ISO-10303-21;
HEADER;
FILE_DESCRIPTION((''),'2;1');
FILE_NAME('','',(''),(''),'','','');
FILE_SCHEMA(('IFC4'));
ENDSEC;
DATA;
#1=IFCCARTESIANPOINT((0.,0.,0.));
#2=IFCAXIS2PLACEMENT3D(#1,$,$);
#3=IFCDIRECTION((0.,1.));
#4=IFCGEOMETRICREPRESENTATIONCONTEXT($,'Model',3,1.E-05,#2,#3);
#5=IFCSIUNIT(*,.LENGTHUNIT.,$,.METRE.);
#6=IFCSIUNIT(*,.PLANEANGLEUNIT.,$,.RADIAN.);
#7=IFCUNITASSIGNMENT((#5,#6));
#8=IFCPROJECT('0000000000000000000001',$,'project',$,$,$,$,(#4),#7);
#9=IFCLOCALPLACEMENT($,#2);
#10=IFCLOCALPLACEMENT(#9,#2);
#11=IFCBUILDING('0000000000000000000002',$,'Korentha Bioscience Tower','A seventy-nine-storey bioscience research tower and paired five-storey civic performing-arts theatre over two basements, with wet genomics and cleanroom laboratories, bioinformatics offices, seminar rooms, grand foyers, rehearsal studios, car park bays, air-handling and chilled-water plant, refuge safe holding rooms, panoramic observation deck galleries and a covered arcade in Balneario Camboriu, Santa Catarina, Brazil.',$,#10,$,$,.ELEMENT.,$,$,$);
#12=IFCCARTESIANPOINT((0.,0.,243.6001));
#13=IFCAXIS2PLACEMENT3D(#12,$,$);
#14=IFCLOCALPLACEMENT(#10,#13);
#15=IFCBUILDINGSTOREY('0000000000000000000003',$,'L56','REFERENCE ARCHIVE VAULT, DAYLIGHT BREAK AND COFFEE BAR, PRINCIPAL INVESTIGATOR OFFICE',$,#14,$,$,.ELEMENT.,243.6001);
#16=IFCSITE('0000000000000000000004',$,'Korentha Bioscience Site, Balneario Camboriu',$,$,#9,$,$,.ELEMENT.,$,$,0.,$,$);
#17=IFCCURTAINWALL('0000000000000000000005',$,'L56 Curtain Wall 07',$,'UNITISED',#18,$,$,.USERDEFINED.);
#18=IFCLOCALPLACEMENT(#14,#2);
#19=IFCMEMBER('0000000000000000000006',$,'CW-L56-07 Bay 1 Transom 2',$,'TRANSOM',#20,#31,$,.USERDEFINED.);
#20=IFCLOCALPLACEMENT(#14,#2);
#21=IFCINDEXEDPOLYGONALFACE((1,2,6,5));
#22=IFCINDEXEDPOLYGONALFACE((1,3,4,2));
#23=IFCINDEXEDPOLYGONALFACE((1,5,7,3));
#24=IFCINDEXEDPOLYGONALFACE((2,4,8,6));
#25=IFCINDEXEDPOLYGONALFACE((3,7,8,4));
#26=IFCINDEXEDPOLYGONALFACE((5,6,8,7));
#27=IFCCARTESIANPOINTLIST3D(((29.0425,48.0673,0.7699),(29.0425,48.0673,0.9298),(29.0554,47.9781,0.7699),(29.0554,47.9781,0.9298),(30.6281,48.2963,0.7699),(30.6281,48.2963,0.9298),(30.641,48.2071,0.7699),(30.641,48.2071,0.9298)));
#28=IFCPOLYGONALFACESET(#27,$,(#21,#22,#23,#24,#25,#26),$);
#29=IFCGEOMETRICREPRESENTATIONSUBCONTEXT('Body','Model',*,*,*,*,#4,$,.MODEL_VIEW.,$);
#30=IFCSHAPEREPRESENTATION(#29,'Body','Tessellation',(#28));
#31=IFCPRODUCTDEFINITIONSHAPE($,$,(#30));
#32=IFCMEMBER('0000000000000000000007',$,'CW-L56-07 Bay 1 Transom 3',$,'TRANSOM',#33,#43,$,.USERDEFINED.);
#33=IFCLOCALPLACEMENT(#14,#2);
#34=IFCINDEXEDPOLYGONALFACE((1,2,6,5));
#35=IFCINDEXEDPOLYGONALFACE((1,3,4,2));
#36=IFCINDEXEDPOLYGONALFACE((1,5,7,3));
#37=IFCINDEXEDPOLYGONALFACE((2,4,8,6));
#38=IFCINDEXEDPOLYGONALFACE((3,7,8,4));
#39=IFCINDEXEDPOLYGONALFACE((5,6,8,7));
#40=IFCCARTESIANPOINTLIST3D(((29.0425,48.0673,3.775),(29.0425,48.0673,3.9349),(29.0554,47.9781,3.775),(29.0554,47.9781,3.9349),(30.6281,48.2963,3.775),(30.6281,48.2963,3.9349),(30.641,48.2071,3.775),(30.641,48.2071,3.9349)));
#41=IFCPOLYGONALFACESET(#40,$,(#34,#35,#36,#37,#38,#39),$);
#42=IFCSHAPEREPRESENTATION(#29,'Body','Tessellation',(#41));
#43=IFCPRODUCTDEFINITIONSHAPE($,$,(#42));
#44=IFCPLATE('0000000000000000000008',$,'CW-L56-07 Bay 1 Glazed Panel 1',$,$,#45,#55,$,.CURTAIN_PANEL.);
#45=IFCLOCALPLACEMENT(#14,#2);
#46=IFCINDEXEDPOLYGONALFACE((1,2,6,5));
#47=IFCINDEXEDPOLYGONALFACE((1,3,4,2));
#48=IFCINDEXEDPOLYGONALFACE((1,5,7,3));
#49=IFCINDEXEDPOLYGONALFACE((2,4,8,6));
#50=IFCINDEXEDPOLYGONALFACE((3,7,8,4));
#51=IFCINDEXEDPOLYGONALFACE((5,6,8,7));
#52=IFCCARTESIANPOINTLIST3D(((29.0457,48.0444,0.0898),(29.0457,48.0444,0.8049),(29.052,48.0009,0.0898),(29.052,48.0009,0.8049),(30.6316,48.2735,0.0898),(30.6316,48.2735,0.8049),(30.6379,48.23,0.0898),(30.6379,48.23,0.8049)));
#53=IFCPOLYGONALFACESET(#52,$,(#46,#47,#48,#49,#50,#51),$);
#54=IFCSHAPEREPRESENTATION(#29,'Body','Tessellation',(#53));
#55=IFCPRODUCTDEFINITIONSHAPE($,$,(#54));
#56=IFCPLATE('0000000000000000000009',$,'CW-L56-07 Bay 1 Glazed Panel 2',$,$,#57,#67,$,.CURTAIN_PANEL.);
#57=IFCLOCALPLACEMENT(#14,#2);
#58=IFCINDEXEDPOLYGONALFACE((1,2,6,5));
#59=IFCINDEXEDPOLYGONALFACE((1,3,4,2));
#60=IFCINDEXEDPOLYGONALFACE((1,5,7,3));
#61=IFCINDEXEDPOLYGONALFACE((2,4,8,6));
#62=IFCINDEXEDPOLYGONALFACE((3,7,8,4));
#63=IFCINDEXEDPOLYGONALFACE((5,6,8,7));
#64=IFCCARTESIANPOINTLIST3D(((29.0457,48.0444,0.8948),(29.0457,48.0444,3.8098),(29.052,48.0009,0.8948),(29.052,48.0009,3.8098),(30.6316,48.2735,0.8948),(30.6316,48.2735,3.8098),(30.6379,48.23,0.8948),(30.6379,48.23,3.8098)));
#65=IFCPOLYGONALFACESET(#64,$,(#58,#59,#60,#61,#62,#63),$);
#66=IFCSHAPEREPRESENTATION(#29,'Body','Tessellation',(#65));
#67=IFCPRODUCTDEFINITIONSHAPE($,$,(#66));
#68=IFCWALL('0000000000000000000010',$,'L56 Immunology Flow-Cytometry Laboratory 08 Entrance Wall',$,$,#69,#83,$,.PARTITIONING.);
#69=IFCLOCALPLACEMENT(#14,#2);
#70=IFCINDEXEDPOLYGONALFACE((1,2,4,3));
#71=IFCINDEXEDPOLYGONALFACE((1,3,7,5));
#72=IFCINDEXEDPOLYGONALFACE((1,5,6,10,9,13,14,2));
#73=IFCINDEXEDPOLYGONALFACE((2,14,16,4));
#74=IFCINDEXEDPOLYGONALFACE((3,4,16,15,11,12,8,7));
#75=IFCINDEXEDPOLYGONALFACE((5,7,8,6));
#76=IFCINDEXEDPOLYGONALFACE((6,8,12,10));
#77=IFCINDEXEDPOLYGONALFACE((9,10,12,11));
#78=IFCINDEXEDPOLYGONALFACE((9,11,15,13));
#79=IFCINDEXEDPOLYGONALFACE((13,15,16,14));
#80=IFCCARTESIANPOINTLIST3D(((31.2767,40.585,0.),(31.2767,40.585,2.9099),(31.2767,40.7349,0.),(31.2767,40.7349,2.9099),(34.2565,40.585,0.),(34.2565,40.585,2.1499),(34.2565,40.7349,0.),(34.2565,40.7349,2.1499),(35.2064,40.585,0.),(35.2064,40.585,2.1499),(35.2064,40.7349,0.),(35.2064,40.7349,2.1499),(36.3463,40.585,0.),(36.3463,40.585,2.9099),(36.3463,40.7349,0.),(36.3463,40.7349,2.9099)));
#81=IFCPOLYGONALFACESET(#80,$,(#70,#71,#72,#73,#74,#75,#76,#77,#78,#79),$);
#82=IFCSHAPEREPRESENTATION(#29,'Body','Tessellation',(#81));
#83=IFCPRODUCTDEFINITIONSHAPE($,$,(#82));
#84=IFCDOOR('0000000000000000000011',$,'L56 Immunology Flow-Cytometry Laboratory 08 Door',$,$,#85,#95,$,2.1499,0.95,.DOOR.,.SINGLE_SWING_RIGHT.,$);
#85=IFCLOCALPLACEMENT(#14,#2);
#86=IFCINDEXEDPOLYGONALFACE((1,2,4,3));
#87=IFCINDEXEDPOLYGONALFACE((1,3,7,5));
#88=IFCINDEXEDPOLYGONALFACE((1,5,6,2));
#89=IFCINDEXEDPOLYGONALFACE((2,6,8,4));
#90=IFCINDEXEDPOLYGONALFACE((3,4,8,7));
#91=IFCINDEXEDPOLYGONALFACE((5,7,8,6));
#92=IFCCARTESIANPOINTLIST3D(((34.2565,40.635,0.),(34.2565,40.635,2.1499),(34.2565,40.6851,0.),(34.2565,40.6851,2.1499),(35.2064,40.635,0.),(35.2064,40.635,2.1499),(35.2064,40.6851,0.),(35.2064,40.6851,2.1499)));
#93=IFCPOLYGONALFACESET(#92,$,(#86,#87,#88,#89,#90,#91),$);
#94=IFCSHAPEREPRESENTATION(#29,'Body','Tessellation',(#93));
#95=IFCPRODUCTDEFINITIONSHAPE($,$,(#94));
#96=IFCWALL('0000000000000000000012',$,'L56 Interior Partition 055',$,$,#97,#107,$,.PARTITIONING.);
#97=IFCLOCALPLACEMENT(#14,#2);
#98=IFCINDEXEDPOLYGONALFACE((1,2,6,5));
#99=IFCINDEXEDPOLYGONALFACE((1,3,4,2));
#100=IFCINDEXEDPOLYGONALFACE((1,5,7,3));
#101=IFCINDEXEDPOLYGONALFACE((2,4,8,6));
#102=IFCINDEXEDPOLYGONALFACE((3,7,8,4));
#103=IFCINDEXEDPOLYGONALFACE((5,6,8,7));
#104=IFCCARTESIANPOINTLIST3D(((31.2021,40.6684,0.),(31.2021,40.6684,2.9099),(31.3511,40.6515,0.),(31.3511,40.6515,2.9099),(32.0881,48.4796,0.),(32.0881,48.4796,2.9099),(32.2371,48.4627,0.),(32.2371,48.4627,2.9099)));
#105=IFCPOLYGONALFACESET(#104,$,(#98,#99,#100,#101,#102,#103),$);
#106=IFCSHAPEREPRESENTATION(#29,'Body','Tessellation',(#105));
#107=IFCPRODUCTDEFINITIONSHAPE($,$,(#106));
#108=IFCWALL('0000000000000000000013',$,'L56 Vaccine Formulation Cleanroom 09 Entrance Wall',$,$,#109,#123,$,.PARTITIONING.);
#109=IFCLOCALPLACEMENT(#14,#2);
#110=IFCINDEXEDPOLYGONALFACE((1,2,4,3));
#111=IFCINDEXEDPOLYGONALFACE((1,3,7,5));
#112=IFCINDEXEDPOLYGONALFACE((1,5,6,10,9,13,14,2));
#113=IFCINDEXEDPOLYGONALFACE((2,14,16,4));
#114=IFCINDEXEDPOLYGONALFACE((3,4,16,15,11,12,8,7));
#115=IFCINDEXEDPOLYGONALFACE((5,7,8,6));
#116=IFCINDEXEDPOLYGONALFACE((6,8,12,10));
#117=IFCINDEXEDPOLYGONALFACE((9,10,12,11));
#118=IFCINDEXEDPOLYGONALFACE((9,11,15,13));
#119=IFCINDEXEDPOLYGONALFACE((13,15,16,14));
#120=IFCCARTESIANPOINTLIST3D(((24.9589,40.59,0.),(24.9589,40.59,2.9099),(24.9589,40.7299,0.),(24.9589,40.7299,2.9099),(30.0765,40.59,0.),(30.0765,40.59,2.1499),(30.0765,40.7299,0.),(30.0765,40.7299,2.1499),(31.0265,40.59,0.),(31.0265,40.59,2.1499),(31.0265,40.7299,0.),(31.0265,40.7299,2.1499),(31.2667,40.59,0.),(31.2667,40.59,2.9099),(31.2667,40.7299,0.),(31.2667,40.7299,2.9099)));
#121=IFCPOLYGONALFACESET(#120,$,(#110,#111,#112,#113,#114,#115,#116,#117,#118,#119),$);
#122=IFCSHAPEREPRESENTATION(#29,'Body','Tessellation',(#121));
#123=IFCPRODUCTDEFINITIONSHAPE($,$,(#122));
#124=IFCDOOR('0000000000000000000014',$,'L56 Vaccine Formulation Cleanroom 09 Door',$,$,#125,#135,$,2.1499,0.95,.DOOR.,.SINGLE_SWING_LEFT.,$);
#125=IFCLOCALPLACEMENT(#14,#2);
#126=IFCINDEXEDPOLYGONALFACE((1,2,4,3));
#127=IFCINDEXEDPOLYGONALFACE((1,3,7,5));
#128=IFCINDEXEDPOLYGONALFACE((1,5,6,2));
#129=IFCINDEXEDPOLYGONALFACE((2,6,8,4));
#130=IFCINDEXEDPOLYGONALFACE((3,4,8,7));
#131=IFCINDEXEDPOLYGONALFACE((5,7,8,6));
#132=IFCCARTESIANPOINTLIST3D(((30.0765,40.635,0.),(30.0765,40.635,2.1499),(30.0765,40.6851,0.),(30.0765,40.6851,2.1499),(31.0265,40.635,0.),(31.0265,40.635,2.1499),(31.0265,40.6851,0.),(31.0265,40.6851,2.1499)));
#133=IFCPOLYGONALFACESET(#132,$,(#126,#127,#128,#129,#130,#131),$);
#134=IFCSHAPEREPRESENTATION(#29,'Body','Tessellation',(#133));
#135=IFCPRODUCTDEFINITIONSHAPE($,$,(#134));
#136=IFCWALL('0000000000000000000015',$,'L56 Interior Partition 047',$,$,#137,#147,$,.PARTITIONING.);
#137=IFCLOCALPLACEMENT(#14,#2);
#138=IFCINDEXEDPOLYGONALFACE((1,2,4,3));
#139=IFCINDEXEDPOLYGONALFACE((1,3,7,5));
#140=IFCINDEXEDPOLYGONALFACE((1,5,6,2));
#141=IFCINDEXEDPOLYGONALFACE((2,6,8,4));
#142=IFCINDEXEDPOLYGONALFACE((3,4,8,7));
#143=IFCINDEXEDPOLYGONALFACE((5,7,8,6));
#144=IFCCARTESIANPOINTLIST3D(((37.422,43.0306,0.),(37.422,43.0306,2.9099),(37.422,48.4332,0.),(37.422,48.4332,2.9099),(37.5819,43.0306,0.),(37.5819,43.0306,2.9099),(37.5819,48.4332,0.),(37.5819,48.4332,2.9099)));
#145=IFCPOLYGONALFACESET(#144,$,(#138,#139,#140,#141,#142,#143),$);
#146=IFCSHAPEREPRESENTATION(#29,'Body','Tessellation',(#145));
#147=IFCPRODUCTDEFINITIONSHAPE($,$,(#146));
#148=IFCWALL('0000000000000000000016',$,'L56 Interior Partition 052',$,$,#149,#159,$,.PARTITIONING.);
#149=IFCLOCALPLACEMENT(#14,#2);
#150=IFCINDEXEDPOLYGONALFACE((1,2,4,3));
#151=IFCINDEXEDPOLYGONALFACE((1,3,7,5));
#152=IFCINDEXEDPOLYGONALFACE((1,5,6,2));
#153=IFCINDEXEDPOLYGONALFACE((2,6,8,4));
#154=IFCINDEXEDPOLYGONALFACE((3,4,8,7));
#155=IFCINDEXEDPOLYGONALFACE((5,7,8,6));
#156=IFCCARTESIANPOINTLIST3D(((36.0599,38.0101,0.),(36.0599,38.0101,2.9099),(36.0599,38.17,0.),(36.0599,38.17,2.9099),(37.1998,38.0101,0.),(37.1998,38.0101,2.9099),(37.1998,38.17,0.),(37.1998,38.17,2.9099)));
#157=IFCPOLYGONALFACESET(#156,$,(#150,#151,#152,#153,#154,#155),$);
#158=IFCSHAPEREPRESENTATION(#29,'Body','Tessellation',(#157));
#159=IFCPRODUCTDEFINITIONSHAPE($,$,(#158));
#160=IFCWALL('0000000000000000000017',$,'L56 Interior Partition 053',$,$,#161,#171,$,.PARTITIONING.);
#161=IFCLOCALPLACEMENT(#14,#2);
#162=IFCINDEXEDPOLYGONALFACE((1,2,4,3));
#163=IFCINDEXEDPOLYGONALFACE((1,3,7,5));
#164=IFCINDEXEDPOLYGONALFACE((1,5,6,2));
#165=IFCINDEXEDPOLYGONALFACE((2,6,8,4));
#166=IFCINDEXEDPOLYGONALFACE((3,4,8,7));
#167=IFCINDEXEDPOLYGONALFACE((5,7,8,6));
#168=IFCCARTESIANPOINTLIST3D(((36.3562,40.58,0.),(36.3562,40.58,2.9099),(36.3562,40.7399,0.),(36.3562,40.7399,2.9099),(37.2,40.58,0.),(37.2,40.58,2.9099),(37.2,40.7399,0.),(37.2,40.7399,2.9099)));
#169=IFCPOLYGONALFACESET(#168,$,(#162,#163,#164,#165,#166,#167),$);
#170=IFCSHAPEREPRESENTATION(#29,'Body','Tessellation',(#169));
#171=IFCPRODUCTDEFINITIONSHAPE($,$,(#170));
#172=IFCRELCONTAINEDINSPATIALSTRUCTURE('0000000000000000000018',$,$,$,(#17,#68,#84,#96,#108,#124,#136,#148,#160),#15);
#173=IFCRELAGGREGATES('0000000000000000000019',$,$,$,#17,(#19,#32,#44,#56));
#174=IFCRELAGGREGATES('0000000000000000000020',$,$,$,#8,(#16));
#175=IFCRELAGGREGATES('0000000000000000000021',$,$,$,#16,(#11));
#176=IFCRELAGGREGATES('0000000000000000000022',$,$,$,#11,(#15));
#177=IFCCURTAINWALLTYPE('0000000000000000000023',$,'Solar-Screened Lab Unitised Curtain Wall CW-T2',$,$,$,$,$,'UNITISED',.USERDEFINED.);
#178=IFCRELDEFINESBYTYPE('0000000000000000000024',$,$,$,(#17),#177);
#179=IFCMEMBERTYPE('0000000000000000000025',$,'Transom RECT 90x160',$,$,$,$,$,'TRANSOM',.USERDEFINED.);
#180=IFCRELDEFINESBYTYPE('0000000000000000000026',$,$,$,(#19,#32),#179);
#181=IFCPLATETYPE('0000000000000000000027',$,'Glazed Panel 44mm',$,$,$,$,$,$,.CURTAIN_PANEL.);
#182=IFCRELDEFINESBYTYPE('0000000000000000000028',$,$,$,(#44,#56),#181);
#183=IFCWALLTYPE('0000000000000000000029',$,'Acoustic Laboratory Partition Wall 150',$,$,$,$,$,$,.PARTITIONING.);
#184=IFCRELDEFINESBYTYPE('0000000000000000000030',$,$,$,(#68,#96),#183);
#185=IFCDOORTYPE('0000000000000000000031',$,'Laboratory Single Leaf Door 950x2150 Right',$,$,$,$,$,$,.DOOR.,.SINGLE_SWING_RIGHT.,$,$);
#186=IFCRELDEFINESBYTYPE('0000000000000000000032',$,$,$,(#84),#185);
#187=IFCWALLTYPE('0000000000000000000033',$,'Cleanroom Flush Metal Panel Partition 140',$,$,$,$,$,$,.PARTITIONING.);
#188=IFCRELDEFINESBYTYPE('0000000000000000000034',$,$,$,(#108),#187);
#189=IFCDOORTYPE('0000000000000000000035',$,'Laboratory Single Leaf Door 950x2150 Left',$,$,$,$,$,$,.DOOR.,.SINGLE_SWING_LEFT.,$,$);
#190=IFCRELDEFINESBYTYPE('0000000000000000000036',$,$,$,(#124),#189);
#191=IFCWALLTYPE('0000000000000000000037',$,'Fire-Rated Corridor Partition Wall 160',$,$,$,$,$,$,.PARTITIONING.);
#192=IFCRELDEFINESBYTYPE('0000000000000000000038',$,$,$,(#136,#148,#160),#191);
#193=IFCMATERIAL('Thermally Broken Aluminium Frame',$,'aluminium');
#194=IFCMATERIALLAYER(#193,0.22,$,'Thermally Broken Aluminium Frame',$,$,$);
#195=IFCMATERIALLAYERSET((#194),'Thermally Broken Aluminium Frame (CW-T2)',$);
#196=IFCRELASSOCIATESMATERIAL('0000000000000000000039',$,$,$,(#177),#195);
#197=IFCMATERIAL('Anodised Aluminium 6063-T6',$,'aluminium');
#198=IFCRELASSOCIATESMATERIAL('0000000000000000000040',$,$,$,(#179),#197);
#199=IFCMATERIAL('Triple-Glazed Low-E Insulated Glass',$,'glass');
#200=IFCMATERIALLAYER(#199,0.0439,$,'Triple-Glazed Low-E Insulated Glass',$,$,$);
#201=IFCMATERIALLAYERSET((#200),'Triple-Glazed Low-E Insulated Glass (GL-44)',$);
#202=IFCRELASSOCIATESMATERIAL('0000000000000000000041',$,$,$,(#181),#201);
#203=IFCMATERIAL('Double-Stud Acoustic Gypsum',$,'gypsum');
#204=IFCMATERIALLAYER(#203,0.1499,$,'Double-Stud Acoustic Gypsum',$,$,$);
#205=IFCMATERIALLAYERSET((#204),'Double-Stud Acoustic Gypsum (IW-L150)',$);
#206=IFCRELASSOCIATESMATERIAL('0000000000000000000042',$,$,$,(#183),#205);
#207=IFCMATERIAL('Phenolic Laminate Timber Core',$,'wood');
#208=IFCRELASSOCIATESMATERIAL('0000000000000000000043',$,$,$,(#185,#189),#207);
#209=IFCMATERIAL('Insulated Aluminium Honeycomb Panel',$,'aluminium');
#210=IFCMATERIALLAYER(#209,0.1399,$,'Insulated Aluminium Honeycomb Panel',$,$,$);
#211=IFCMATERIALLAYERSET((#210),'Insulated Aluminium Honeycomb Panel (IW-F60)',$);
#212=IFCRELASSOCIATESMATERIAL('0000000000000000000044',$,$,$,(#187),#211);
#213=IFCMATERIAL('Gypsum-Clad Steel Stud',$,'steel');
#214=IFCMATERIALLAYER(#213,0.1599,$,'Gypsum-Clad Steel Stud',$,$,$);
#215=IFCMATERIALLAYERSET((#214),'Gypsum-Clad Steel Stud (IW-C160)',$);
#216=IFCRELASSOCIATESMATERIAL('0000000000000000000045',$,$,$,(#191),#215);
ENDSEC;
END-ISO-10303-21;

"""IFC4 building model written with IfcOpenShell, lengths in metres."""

from ifc_helpers import new_model, si_unit, direction, frame, frame_2d, origin, origin_2d, place, context, subcontext, project, spatial, rectangle, extrude, material, layer, layer_set, material_profile, profile_set, type_object, element, fill, aggregate, save


model = new_model("IFC4")

# Units and contexts
model_context = context("Model", 3, precision=1e-05, world=origin(), true_north=direction((0.0, 1.0)))
body_context = subcontext(model_context, "Body", "Model", "MODEL_VIEW")
ifc_project = project(units=[si_unit("LENGTHUNIT", "METRE"), si_unit("PLANEANGLEUNIT", "RADIAN")], contexts=[model_context])

# Site, building, storey
site_placement = place(None, origin())
site = spatial("IfcSite", under=ifc_project, at=site_placement, Name="Korentha Bioscience Site, Balneario Camboriu", CompositionType="ELEMENT", RefElevation=0.0)
building_placement = place(site_placement, origin())
building = spatial("IfcBuilding", under=site, at=building_placement, Name="Korentha Bioscience Tower", Description="A seventy-nine-storey bioscience research tower and paired five-storey civic performing-arts theatre over two basements, with wet genomics and cleanroom laboratories, bioinformatics offices, seminar rooms, grand foyers, rehearsal studios, car park bays, air-handling and chilled-water plant, refuge safe holding rooms, panoramic observation deck galleries and a covered arcade in Balneario Camboriu, Santa Catarina, Brazil.", CompositionType="ELEMENT")
storey_placement = place(building_placement, frame((0.0, 0.0, 243.6001)))
storey = spatial("IfcBuildingStorey", under=building, at=storey_placement, Name="L56", Description="REFERENCE ARCHIVE VAULT, DAYLIGHT BREAK AND COFFEE BAR, PRINCIPAL INVESTIGATOR OFFICE", CompositionType="ELEMENT", Elevation=243.6001)

# Curtain wall
ifc_material_1 = material(Name="Thermally Broken Aluminium Frame", Category="aluminium")
ifc_layer_1 = layer(ifc_material_1, 0.22, Name="Thermally Broken Aluminium Frame")
ifc_layer_set_1 = layer_set([ifc_layer_1], Name="Thermally Broken Aluminium Frame (CW-T2)")
curtain_wall_type = type_object("IfcCurtainWallType", Name="Solar-Screened Lab Unitised Curtain Wall CW-T2", ElementType="UNITISED", PredefinedType="USERDEFINED", material=ifc_layer_set_1)
curtain_wall_placement = place(storey_placement, origin())
curtain_wall = element("IfcCurtainWall", 1, at=curtain_wall_placement, inside=storey, type_object=curtain_wall_type, Name="L56 Curtain Wall 07", ObjectType="UNITISED", PredefinedType="USERDEFINED")
ifc_material_2 = material(Name="Anodised Aluminium 6063-T6", Category="aluminium")

# Members
ifc_material_profile_1 = material_profile(ifc_material_2, rectangle(XDim=0.0901, YDim=0.1599, at=origin_2d()), Name="Anodised Aluminium 6063-T6")
ifc_profile_set_1 = profile_set([ifc_material_profile_1], Name="Anodised Aluminium 6063-T6 (CW-TRN)")
member_type_1 = type_object("IfcMemberType", Name="Transom RECT 90x160", ElementType="TRANSOM", PredefinedType="USERDEFINED", material=ifc_profile_set_1)
member_1_placement = place(storey_placement, frame((30.6345, 48.2517, 0.8499), z_axis=(-0.989732, -0.142936, 0.0), x_axis=(0.142936, -0.989732, 0.0)))
member_1 = element("IfcMember", 2, at=member_1_placement, type_object=member_type_1, Name="CW-L56-07 Bay 1 Transom 2", ObjectType="TRANSOM", PredefinedType="USERDEFINED", context=body_context, shape_type="SweptSolid", body=[
    extrude(rectangle(XDim=0.0901, YDim=0.1599, at=origin_2d()), origin(), (0.0, 0.0, 1.0), 1.6021),
])
member_2_placement = place(storey_placement, frame((30.6345, 48.2517, 3.855), z_axis=(-0.989732, -0.142936, 0.0), x_axis=(0.142936, -0.989732, 0.0)))
member_2 = element("IfcMember", 3, at=member_2_placement, type_object=member_type_1, Name="CW-L56-07 Bay 1 Transom 3", ObjectType="TRANSOM", PredefinedType="USERDEFINED", context=body_context, shape_type="SweptSolid", body=[
    extrude(rectangle(XDim=0.0901, YDim=0.1599, at=origin_2d()), origin(), (0.0, 0.0, 1.0), 1.6021),
])

# Plates
ifc_material_3 = material(Name="Triple-Glazed Low-E Insulated Glass", Category="glass")
ifc_layer_2 = layer(ifc_material_3, 0.0439, Name="Triple-Glazed Low-E Insulated Glass")
ifc_layer_set_2 = layer_set([ifc_layer_2], Name="Triple-Glazed Low-E Insulated Glass (GL-44)")
plate_type = type_object("IfcPlateType", Name="Glazed Panel 44mm", PredefinedType="CURTAIN_PANEL", material=ifc_layer_set_2)
plate_1_placement = place(storey_placement, frame((29.8418, 48.1372, 0.0898), z_axis=(0.0, 0.0, 1.0), x_axis=(-0.989729, -0.142956, 0.0)))
plate_1 = element("IfcPlate", 4, at=plate_1_placement, type_object=plate_type, Name="CW-L56-07 Bay 1 Glazed Panel 1", PredefinedType="CURTAIN_PANEL", context=body_context, shape_type="SweptSolid", body=[
    extrude(rectangle(XDim=1.6023, YDim=0.0439, at=origin_2d()), origin(), (0.0, 0.0, 1.0), 0.7151),
])
plate_2_placement = place(storey_placement, frame((29.8418, 48.1372, 0.8948), z_axis=(0.0, 0.0, 1.0), x_axis=(-0.989729, -0.142956, 0.0)))
plate_2 = element("IfcPlate", 5, at=plate_2_placement, type_object=plate_type, Name="CW-L56-07 Bay 1 Glazed Panel 2", PredefinedType="CURTAIN_PANEL", context=body_context, shape_type="SweptSolid", body=[
    extrude(rectangle(XDim=1.6023, YDim=0.0439, at=origin_2d()), origin(), (0.0, 0.0, 1.0), 2.915),
])
aggregate(curtain_wall, [member_1, member_2, plate_1, plate_2])

# Wall, opening, door
ifc_material_4 = material(Name="Double-Stud Acoustic Gypsum", Category="gypsum")
ifc_layer_3 = layer(ifc_material_4, 0.1499, Name="Double-Stud Acoustic Gypsum")
ifc_layer_set_3 = layer_set([ifc_layer_3], Name="Double-Stud Acoustic Gypsum (IW-L150)")
wall_type_1 = type_object("IfcWallType", Name="Acoustic Laboratory Partition Wall 150", PredefinedType="PARTITIONING", material=ifc_layer_set_3)
wall_1_placement = place(storey_placement, frame((36.3462, 40.6599, 0.0), z_axis=(0.0, 0.0, 1.0), x_axis=(-1.0, 0.0, 0.0)))
wall_1 = element("IfcWall", 6, at=wall_1_placement, inside=storey, type_object=wall_type_1, Name="L56 Immunology Flow-Cytometry Laboratory 08 Entrance Wall", PredefinedType="PARTITIONING", context=body_context, shape_type="SweptSolid", body=[
    extrude(rectangle(XDim=5.0696, YDim=0.1499, at=frame_2d((2.5347, 0.0))), origin(), (0.0, 0.0, 1.0), 2.9099),
])
opening_1_placement = place(wall_1_placement, frame((1.1396, 0.0, 0.0)))
opening_1 = element("IfcOpeningElement", 7, at=opening_1_placement, cuts=wall_1, PredefinedType="OPENING", context=body_context, shape_type="SweptSolid", body=[
    extrude(rectangle(XDim=0.95, YDim=2.1499, at=frame_2d((0.4751, 1.075))), frame((0.0, 0.0898, 0.0), z_axis=(0.0, -1.0, 0.0), x_axis=(1.0, 0.0, 0.0)), (0.0, 0.0, 1.0), 0.1797),
])
ifc_material_5 = material(Name="Phenolic Laminate Timber Core", Category="wood")
door_type_1 = type_object("IfcDoorType", Name="Laboratory Single Leaf Door 950x2150 Right", OperationType="SINGLE_SWING_RIGHT", PredefinedType="DOOR", material=ifc_material_5)
door_1_placement = place(opening_1_placement, origin())
door_1 = element("IfcDoor", 8, at=door_1_placement, inside=storey, type_object=door_type_1, Name="L56 Immunology Flow-Cytometry Laboratory 08 Door", OperationType="SINGLE_SWING_RIGHT", OverallHeight=2.1499, OverallWidth=0.95, PredefinedType="DOOR", context=body_context, shape_type="SweptSolid", body=[
    extrude(rectangle(XDim=0.95, YDim=2.1499, at=frame_2d((0.4751, 1.075))), frame((0.0, 0.0249, 0.0), z_axis=(0.0, -1.0, 0.0), x_axis=(1.0, 0.0, 0.0)), (0.0, 0.0, 1.0), 0.05),
])
fill(opening_1, door_1)

# Wall
wall_2_placement = place(storey_placement, frame((31.2766, 40.6599, 0.0), z_axis=(0.0, 0.0, 1.0), x_axis=(0.112701, 0.993629, 0.0)))
element("IfcWall", 9, at=wall_2_placement, inside=storey, type_object=wall_type_1, Name="L56 Interior Partition 055", PredefinedType="PARTITIONING", context=body_context, shape_type="SweptSolid", body=[
    extrude(rectangle(XDim=7.8613, YDim=0.1499, at=frame_2d((3.9307, 0.0))), origin(), (0.0, 0.0, 1.0), 2.9099),
])

# Wall, opening, door
ifc_material_6 = material(Name="Insulated Aluminium Honeycomb Panel", Category="aluminium")
ifc_layer_4 = layer(ifc_material_6, 0.1399, Name="Insulated Aluminium Honeycomb Panel")
ifc_layer_set_4 = layer_set([ifc_layer_4], Name="Insulated Aluminium Honeycomb Panel (IW-F60)")
wall_type_2 = type_object("IfcWallType", Name="Cleanroom Flush Metal Panel Partition 140", PredefinedType="PARTITIONING", material=ifc_layer_set_4)
wall_3_placement = place(storey_placement, frame((31.2666, 40.6599, 0.0), z_axis=(0.0, 0.0, 1.0), x_axis=(-1.0, 0.0, 0.0)))
wall_3 = element("IfcWall", 10, at=wall_3_placement, inside=storey, type_object=wall_type_2, Name="L56 Vaccine Formulation Cleanroom 09 Entrance Wall", PredefinedType="PARTITIONING", context=body_context, shape_type="SweptSolid", body=[
    extrude(rectangle(XDim=6.3079, YDim=0.1399, at=frame_2d((3.1538, 0.0))), origin(), (0.0, 0.0, 1.0), 2.9099),
])
opening_2_placement = place(wall_3_placement, frame((0.24, 0.0, 0.0)))
opening_2 = element("IfcOpeningElement", 11, at=opening_2_placement, cuts=wall_3, PredefinedType="OPENING", context=body_context, shape_type="SweptSolid", body=[
    extrude(rectangle(XDim=0.95, YDim=2.1499, at=frame_2d((0.4751, 1.075))), frame((0.0, 0.085, 0.0), z_axis=(0.0, -1.0, 0.0), x_axis=(1.0, 0.0, 0.0)), (0.0, 0.0, 1.0), 0.1697),
])
door_type_2 = type_object("IfcDoorType", Name="Laboratory Single Leaf Door 950x2150 Left", OperationType="SINGLE_SWING_LEFT", PredefinedType="DOOR", material=ifc_material_5)
door_2_placement = place(opening_2_placement, origin())
door_2 = element("IfcDoor", 12, at=door_2_placement, inside=storey, type_object=door_type_2, Name="L56 Vaccine Formulation Cleanroom 09 Door", OperationType="SINGLE_SWING_LEFT", OverallHeight=2.1499, OverallWidth=0.95, PredefinedType="DOOR", context=body_context, shape_type="SweptSolid", body=[
    extrude(rectangle(XDim=0.95, YDim=2.1499, at=frame_2d((0.4751, 1.075))), frame((0.0, 0.0249, 0.0), z_axis=(0.0, -1.0, 0.0), x_axis=(1.0, 0.0, 0.0)), (0.0, 0.0, 1.0), 0.05),
])
fill(opening_2, door_2)
ifc_material_7 = material(Name="Gypsum-Clad Steel Stud", Category="steel")
ifc_layer_5 = layer(ifc_material_7, 0.1599, Name="Gypsum-Clad Steel Stud")
ifc_layer_set_5 = layer_set([ifc_layer_5], Name="Gypsum-Clad Steel Stud (IW-C160)")
wall_type_3 = type_object("IfcWallType", Name="Fire-Rated Corridor Partition Wall 160", PredefinedType="PARTITIONING", material=ifc_layer_set_5)

# Walls
wall_4_placement = place(storey_placement, frame((37.502, 43.0308, 0.0), z_axis=(0.0, 0.0, 1.0), x_axis=(0.0, 1.0, 0.0)))
element("IfcWall", 13, at=wall_4_placement, inside=storey, type_object=wall_type_3, Name="L56 Interior Partition 047", PredefinedType="PARTITIONING", context=body_context, shape_type="SweptSolid", body=[
    extrude(rectangle(XDim=5.4026, YDim=0.1599, at=frame_2d((2.7012, 0.0))), origin(), (0.0, 0.0, 1.0), 2.9099),
])
wall_5_placement = place(storey_placement, frame((36.0601, 38.0901, 0.0), z_axis=(0.0, 0.0, 1.0), x_axis=(1.0, 0.0, 0.0)))
element("IfcWall", 14, at=wall_5_placement, inside=storey, type_object=wall_type_3, Name="L56 Interior Partition 052", PredefinedType="PARTITIONING", context=body_context, shape_type="SweptSolid", body=[
    extrude(rectangle(XDim=1.1399, YDim=0.1599, at=frame_2d((0.5698, 0.0))), origin(), (0.0, 0.0, 1.0), 2.9099),
])
wall_6_placement = place(storey_placement, frame((37.2, 40.6599, 0.0), z_axis=(0.0, 0.0, 1.0), x_axis=(-1.0, 0.0, 0.0)))
element("IfcWall", 15, at=wall_6_placement, inside=storey, type_object=wall_type_3, Name="L56 Interior Partition 053", PredefinedType="PARTITIONING", context=body_context, shape_type="SweptSolid", body=[
    extrude(rectangle(XDim=0.8438, YDim=0.1599, at=frame_2d((0.4219, 0.0))), origin(), (0.0, 0.0, 1.0), 2.9099),
])

save(model, "model.ifc")
